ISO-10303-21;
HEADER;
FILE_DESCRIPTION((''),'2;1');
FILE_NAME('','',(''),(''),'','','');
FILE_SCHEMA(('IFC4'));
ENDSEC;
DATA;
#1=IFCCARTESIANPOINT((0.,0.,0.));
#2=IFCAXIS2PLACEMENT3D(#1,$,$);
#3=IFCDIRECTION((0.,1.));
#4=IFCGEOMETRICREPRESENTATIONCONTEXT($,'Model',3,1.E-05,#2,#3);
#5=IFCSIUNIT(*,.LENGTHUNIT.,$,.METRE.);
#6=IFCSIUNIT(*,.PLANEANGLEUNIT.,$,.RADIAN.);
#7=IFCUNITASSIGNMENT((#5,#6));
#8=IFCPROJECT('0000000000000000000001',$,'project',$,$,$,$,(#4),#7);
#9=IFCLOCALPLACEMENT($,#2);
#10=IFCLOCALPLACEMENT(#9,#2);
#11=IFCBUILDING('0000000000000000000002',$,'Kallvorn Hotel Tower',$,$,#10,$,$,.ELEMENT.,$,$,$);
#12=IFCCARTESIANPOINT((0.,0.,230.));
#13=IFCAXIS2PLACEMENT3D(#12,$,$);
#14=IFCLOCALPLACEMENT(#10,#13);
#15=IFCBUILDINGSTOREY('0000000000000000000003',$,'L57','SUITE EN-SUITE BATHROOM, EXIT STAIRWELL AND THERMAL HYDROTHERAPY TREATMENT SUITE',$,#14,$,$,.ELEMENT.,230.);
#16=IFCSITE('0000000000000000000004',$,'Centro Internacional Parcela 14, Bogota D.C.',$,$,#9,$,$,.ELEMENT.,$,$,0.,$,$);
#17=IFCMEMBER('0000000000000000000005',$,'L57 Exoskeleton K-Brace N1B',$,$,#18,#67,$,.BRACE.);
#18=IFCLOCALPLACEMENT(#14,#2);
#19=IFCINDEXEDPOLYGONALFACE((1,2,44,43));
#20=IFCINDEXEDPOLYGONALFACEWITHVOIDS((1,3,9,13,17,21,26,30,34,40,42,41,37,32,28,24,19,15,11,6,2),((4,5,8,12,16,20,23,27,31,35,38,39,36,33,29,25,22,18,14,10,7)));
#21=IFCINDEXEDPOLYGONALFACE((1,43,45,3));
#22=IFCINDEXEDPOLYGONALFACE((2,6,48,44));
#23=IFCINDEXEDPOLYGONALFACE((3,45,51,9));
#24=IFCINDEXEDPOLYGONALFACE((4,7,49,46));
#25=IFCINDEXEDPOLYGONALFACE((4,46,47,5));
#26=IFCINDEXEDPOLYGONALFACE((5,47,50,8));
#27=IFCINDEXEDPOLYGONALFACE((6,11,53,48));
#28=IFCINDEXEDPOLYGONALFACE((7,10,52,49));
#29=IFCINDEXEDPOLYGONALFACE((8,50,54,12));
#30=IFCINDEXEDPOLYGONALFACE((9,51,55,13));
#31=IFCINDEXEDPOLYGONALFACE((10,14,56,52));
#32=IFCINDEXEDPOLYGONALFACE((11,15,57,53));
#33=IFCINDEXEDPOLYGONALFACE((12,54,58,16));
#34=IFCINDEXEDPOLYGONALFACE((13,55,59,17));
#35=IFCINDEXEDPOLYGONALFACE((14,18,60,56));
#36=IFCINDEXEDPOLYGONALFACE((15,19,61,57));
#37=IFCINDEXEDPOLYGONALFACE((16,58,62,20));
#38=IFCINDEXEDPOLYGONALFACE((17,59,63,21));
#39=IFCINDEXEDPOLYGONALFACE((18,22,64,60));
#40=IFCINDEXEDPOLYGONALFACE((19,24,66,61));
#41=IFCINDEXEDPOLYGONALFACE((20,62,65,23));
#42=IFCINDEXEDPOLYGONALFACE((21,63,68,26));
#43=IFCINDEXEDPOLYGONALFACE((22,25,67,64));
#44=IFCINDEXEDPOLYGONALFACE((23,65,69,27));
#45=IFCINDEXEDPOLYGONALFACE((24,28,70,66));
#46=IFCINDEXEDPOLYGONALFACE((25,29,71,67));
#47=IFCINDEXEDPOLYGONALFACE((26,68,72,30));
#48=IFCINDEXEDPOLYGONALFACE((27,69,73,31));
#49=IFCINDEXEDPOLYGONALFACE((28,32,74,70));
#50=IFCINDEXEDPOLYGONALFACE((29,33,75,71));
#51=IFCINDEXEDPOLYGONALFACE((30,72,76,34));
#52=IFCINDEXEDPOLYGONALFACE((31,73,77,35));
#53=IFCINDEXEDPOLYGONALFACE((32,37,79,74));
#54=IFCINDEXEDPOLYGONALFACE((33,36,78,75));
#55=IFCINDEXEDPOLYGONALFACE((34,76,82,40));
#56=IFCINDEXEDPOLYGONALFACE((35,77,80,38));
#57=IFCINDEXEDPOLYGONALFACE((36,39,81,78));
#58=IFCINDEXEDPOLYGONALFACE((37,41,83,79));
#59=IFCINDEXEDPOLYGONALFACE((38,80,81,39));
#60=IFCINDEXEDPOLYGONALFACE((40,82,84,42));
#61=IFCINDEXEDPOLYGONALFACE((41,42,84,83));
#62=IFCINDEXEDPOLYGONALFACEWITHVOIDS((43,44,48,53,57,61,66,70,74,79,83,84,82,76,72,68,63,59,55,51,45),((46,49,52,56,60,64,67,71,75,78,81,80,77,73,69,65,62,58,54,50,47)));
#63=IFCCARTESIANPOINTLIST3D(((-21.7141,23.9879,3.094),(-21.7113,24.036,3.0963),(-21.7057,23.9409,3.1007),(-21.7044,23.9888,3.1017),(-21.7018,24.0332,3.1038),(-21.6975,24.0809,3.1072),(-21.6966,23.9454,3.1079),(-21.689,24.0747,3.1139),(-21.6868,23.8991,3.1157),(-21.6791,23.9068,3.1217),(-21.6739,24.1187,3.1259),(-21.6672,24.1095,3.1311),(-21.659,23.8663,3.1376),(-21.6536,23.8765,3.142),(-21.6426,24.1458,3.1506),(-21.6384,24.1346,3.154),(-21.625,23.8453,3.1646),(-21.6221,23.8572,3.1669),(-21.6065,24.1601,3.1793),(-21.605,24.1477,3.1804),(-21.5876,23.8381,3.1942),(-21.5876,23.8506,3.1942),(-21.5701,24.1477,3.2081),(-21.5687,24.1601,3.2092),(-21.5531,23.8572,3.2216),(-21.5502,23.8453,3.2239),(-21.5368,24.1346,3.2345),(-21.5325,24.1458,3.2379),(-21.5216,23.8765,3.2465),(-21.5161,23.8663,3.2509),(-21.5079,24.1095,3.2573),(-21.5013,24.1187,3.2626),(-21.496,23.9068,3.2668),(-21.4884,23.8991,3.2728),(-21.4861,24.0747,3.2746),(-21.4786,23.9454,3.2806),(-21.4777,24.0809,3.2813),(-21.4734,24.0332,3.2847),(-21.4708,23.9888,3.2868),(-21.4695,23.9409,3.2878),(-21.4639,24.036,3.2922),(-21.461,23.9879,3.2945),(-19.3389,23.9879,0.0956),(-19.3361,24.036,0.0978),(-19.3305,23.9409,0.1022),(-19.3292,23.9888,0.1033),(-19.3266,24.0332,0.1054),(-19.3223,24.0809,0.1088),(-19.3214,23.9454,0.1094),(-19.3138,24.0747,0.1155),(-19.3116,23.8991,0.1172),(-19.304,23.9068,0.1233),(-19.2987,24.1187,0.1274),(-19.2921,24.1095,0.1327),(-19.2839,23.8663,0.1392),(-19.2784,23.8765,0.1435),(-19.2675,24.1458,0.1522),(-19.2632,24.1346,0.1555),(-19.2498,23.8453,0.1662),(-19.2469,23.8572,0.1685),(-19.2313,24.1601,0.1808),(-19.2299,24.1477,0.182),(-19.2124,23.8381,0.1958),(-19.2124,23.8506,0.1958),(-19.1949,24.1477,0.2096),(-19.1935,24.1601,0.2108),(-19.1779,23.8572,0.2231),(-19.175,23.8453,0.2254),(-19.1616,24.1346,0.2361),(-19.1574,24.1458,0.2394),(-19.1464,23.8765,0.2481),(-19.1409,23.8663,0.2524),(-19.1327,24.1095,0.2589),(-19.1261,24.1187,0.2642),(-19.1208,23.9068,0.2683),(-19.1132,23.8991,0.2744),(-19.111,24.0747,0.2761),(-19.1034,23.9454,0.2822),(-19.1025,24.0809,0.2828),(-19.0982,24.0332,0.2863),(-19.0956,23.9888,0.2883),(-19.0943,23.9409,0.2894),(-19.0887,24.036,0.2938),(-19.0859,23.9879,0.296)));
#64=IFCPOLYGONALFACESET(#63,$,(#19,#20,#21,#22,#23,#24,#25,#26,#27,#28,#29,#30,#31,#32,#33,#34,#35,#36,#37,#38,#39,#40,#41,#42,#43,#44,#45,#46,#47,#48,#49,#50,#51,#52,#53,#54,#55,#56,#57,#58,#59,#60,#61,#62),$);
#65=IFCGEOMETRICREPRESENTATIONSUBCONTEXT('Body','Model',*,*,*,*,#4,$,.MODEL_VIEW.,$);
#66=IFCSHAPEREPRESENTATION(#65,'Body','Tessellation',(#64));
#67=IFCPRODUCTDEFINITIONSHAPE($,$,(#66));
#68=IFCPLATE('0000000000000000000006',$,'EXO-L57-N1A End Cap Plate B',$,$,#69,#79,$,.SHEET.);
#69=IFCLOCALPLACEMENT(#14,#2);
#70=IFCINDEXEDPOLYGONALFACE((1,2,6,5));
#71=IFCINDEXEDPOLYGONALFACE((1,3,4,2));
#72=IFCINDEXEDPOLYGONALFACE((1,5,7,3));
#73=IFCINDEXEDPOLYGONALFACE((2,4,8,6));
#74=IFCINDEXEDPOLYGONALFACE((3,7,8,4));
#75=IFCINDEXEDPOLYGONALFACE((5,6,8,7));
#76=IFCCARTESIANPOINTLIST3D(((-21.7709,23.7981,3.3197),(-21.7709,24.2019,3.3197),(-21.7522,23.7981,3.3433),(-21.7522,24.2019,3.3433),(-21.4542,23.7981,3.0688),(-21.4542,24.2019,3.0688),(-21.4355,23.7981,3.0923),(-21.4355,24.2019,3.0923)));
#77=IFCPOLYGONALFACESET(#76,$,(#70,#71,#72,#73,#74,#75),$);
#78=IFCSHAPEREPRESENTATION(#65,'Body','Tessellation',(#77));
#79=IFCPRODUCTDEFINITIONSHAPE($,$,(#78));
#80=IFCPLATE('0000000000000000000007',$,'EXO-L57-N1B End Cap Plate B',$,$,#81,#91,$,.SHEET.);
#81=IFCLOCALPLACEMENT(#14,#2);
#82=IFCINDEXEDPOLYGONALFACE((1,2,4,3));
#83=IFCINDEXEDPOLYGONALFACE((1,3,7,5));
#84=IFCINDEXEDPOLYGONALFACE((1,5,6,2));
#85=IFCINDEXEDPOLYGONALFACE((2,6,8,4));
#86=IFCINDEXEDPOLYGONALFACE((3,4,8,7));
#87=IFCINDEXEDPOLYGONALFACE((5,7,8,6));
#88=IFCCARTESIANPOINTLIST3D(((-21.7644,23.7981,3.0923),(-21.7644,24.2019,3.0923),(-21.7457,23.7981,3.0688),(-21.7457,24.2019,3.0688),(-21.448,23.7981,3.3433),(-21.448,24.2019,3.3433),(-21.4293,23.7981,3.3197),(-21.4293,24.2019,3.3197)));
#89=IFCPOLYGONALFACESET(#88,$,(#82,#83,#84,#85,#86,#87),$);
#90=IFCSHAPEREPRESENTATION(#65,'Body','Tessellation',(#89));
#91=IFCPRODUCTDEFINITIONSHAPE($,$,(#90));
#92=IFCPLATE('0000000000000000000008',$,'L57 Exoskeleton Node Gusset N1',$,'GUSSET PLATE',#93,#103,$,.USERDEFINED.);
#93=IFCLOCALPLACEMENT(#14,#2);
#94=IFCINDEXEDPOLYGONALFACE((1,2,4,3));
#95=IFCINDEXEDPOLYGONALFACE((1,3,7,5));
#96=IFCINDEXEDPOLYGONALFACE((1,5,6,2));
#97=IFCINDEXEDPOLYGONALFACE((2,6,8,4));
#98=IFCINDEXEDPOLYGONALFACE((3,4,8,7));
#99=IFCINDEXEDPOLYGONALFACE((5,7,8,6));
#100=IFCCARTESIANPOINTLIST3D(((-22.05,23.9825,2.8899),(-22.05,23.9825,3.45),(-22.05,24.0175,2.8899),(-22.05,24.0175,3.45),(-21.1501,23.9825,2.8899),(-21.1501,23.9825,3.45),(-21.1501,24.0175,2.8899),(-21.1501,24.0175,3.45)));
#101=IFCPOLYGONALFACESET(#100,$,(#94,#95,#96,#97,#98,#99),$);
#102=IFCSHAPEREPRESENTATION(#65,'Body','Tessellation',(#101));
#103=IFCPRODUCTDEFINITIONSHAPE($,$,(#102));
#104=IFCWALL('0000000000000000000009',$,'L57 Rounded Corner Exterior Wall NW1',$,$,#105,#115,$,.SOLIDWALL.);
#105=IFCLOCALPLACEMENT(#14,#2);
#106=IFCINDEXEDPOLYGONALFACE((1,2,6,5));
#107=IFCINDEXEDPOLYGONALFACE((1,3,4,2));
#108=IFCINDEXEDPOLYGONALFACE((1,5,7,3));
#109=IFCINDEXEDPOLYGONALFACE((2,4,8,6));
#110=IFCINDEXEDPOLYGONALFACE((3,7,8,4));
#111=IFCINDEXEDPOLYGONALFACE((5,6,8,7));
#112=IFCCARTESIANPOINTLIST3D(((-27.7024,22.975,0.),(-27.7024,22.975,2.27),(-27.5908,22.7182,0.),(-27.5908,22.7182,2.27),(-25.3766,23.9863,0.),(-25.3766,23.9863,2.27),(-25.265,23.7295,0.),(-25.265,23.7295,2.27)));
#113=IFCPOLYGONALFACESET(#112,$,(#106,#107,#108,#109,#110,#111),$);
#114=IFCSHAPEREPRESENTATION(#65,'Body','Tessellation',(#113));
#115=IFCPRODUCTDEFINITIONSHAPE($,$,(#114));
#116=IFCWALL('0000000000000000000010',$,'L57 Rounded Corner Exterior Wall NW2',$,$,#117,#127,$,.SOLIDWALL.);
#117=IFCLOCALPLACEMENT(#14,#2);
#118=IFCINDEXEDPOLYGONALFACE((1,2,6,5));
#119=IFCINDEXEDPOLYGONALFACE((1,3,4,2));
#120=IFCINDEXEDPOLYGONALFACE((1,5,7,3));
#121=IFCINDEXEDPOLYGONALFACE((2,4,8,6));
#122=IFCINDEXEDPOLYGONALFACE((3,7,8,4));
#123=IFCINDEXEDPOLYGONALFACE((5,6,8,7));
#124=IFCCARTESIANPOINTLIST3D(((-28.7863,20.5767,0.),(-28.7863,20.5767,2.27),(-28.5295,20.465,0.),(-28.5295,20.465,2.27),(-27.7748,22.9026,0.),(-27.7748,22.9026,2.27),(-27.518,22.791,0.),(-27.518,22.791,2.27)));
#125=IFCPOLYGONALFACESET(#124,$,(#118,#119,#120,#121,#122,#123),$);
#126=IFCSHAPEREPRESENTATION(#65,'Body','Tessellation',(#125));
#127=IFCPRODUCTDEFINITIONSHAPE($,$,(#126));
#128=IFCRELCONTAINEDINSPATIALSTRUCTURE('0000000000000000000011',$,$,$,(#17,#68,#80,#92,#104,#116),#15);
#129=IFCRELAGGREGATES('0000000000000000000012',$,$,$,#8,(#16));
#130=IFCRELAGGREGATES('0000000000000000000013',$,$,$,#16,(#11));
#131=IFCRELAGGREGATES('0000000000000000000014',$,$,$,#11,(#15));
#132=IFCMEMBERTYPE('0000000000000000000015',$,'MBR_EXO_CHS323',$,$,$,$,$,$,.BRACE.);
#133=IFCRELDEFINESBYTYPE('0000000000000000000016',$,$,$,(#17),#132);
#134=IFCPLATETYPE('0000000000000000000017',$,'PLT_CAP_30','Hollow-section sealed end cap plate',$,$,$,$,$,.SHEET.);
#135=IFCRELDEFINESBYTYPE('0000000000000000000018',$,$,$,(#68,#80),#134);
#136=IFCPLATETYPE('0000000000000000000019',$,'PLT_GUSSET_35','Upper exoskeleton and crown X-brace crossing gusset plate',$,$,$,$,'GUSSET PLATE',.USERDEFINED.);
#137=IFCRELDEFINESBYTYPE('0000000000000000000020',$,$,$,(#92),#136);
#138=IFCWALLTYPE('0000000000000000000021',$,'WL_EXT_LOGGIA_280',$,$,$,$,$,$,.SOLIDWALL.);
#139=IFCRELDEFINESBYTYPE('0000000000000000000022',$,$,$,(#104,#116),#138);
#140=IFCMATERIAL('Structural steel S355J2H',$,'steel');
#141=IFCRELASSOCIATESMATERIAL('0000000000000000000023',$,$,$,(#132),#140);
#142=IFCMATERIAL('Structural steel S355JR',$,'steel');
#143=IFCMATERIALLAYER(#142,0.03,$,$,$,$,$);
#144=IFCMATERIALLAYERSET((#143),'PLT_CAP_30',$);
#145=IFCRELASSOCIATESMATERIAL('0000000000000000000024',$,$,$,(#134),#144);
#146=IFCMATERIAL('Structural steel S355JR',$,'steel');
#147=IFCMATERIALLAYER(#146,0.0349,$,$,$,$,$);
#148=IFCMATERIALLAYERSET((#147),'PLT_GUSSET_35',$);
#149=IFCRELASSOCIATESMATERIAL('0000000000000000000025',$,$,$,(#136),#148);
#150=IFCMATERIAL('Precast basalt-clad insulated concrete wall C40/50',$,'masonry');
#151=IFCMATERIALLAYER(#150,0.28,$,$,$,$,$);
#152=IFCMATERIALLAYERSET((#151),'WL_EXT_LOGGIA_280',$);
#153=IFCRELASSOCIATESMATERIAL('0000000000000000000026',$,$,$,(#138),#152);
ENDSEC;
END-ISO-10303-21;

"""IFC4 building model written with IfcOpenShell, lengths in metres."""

from ifc_helpers import new_model, si_unit, direction, frame, frame_2d, origin, origin_2d, place, context, subcontext, project, spatial, polyline, rectangle, hollow_circle, outline, extrude, material, layer, layer_set, material_profile, profile_set, type_object, element, save


model = new_model("IFC4")

# Units and contexts
model_context = context("Model", 3, precision=1e-05, world=origin(), true_north=direction((0.0, 1.0)))
body_context = subcontext(model_context, "Body", "Model", "MODEL_VIEW")
ifc_project = project(units=[si_unit("LENGTHUNIT", "METRE"), si_unit("PLANEANGLEUNIT", "RADIAN")], contexts=[model_context])

# Site, building, storey
site_placement = place(None, origin())
site = spatial("IfcSite", under=ifc_project, at=site_placement, Name="Centro Internacional Parcela 14, Bogota D.C.", CompositionType="ELEMENT", RefElevation=0.0)
building_placement = place(site_placement, origin())
building = spatial("IfcBuilding", under=site, at=building_placement, Name="Kallvorn Hotel Tower", CompositionType="ELEMENT")
storey_placement = place(building_placement, frame((0.0, 0.0, 230.0)))
storey = spatial("IfcBuildingStorey", under=building, at=storey_placement, Name="L57", Description="SUITE EN-SUITE BATHROOM, EXIT STAIRWELL AND THERMAL HYDROTHERAPY TREATMENT SUITE", CompositionType="ELEMENT", Elevation=230.0)

# Member
ifc_material_1 = material(Name="Structural steel S355J2H", Category="steel")
ifc_material_profile_1 = material_profile(ifc_material_1, hollow_circle(Radius=0.1619, WallThickness=0.0125, at=origin_2d()), Name="CHS 323.9x12.5")
ifc_profile_set_1 = profile_set([ifc_material_profile_1], Name="Structural steel S355J2H")
member_type_1 = type_object("IfcMemberType", Name="MBR_EXO_CHS323", PredefinedType="BRACE", material=ifc_profile_set_1)
for number, where, z_axis, x_axis, name in (
    (1, (-19.2124, 24.0, 0.1958), (-0.620929, 0.0, 0.783867), (0.0, -1.0, 0.0), "L57 Exoskeleton K-Brace N1B"),
):
    element("IfcMember", number, at=place(storey_placement, frame(where, z_axis=z_axis, x_axis=x_axis)), inside=storey, type_object=member_type_1, Name=name, PredefinedType="BRACE", context=body_context, shape_type="SweptSolid", body=[
        extrude(hollow_circle(Radius=0.1619, WallThickness=0.0125, at=origin_2d()), origin(), (0.0, 0.0, 1.0), 3.8252),
    ])

# Plates
ifc_material_2 = material(Name="Structural steel S355JR", Category="steel")
ifc_layer_1 = layer(ifc_material_2, 0.03)
ifc_layer_set_1 = layer_set([ifc_layer_1], Name="PLT_CAP_30")
plate_type_1 = type_object("IfcPlateType", Name="PLT_CAP_30", Description="Hollow-section sealed end cap plate", PredefinedType="SHEET", material=ifc_layer_set_1)
plate_1_placement = place(storey_placement, frame((-21.4355, 23.7981, 3.0923), z_axis=(0.621152, 0.0, 0.78369), x_axis=(0.0, 1.0, 0.0)))
element("IfcPlate", 2, at=plate_1_placement, inside=storey, type_object=plate_type_1, Name="EXO-L57-N1A End Cap Plate B", PredefinedType="SHEET", context=body_context, shape_type="SweptSolid", body=[
    extrude(outline(polyline([(0.0, 0.0), (0.4038, 0.0), (0.4038, 0.4041), (0.0, 0.4041), (0.0, 0.0)])), origin(), (0.0, 0.0, -1.0), 0.03),
])
plate_2_placement = place(storey_placement, frame((-21.7644, 24.2019, 3.0923), z_axis=(-0.621446, 0.0, 0.783457), x_axis=(0.0, -1.0, 0.0)))
element("IfcPlate", 3, at=plate_2_placement, inside=storey, type_object=plate_type_1, Name="EXO-L57-N1B End Cap Plate B", PredefinedType="SHEET", context=body_context, shape_type="SweptSolid", body=[
    extrude(outline(polyline([(0.0, 0.0), (0.4038, 0.0), (0.4038, 0.4039), (0.0, 0.4039), (0.0, 0.0)])), origin(), (0.0, 0.0, -1.0), 0.03),
])
ifc_material_3 = material(Name="Structural steel S355JR", Category="steel")
ifc_layer_2 = layer(ifc_material_3, 0.0349)
ifc_layer_set_2 = layer_set([ifc_layer_2], Name="PLT_GUSSET_35")
plate_type_2 = type_object("IfcPlateType", Name="PLT_GUSSET_35", Description="Upper exoskeleton and crown X-brace crossing gusset plate", ElementType="GUSSET PLATE", PredefinedType="USERDEFINED", material=ifc_layer_set_2)
plate_3_placement = place(storey_placement, frame((-21.6001, 24.0, 2.8899), z_axis=(0.0, 0.0, 1.0), x_axis=(1.0, 0.0, 0.0)))
element("IfcPlate", 4, at=plate_3_placement, inside=storey, type_object=plate_type_2, Name="L57 Exoskeleton Node Gusset N1", ObjectType="GUSSET PLATE", PredefinedType="USERDEFINED", context=body_context, shape_type="SweptSolid", body=[
    extrude(rectangle(XDim=0.8999, YDim=0.0349, at=origin_2d()), origin(), (0.0, 0.0, 1.0), 0.5601),
])

# Walls
ifc_material_4 = material(Name="Precast basalt-clad insulated concrete wall C40/50", Category="masonry")
ifc_layer_3 = layer(ifc_material_4, 0.28)
ifc_layer_set_3 = layer_set([ifc_layer_3], Name="WL_EXT_LOGGIA_280")
wall_type = type_object("IfcWallType", Name="WL_EXT_LOGGIA_280", PredefinedType="SOLIDWALL", material=ifc_layer_set_3)
wall_1_placement = place(storey_placement, frame((-25.3208, 23.8579, 0.0), z_axis=(0.0, 0.0, 1.0), x_axis=(-0.917061, -0.398747, 0.0)))
element("IfcWall", 5, at=wall_1_placement, inside=storey, type_object=wall_type, Name="L57 Rounded Corner Exterior Wall NW1", PredefinedType="SOLIDWALL", context=body_context, shape_type="SweptSolid", body=[
    extrude(rectangle(XDim=2.5361, YDim=0.28, at=frame_2d((1.2681, 0.0))), origin(), (0.0, 0.0, 1.0), 2.27),
])
wall_2_placement = place(storey_placement, frame((-27.6465, 22.8467, 0.0), z_axis=(0.0, 0.0, 1.0), x_axis=(-0.398793, -0.917041, 0.0)))
element("IfcWall", 6, at=wall_2_placement, inside=storey, type_object=wall_type, Name="L57 Rounded Corner Exterior Wall NW2", PredefinedType="SOLIDWALL", context=body_context, shape_type="SweptSolid", body=[
    extrude(rectangle(XDim=2.5364, YDim=0.28, at=frame_2d((1.2681, 0.0))), origin(), (0.0, 0.0, 1.0), 2.27),
])

save(model, "model.ifc")
